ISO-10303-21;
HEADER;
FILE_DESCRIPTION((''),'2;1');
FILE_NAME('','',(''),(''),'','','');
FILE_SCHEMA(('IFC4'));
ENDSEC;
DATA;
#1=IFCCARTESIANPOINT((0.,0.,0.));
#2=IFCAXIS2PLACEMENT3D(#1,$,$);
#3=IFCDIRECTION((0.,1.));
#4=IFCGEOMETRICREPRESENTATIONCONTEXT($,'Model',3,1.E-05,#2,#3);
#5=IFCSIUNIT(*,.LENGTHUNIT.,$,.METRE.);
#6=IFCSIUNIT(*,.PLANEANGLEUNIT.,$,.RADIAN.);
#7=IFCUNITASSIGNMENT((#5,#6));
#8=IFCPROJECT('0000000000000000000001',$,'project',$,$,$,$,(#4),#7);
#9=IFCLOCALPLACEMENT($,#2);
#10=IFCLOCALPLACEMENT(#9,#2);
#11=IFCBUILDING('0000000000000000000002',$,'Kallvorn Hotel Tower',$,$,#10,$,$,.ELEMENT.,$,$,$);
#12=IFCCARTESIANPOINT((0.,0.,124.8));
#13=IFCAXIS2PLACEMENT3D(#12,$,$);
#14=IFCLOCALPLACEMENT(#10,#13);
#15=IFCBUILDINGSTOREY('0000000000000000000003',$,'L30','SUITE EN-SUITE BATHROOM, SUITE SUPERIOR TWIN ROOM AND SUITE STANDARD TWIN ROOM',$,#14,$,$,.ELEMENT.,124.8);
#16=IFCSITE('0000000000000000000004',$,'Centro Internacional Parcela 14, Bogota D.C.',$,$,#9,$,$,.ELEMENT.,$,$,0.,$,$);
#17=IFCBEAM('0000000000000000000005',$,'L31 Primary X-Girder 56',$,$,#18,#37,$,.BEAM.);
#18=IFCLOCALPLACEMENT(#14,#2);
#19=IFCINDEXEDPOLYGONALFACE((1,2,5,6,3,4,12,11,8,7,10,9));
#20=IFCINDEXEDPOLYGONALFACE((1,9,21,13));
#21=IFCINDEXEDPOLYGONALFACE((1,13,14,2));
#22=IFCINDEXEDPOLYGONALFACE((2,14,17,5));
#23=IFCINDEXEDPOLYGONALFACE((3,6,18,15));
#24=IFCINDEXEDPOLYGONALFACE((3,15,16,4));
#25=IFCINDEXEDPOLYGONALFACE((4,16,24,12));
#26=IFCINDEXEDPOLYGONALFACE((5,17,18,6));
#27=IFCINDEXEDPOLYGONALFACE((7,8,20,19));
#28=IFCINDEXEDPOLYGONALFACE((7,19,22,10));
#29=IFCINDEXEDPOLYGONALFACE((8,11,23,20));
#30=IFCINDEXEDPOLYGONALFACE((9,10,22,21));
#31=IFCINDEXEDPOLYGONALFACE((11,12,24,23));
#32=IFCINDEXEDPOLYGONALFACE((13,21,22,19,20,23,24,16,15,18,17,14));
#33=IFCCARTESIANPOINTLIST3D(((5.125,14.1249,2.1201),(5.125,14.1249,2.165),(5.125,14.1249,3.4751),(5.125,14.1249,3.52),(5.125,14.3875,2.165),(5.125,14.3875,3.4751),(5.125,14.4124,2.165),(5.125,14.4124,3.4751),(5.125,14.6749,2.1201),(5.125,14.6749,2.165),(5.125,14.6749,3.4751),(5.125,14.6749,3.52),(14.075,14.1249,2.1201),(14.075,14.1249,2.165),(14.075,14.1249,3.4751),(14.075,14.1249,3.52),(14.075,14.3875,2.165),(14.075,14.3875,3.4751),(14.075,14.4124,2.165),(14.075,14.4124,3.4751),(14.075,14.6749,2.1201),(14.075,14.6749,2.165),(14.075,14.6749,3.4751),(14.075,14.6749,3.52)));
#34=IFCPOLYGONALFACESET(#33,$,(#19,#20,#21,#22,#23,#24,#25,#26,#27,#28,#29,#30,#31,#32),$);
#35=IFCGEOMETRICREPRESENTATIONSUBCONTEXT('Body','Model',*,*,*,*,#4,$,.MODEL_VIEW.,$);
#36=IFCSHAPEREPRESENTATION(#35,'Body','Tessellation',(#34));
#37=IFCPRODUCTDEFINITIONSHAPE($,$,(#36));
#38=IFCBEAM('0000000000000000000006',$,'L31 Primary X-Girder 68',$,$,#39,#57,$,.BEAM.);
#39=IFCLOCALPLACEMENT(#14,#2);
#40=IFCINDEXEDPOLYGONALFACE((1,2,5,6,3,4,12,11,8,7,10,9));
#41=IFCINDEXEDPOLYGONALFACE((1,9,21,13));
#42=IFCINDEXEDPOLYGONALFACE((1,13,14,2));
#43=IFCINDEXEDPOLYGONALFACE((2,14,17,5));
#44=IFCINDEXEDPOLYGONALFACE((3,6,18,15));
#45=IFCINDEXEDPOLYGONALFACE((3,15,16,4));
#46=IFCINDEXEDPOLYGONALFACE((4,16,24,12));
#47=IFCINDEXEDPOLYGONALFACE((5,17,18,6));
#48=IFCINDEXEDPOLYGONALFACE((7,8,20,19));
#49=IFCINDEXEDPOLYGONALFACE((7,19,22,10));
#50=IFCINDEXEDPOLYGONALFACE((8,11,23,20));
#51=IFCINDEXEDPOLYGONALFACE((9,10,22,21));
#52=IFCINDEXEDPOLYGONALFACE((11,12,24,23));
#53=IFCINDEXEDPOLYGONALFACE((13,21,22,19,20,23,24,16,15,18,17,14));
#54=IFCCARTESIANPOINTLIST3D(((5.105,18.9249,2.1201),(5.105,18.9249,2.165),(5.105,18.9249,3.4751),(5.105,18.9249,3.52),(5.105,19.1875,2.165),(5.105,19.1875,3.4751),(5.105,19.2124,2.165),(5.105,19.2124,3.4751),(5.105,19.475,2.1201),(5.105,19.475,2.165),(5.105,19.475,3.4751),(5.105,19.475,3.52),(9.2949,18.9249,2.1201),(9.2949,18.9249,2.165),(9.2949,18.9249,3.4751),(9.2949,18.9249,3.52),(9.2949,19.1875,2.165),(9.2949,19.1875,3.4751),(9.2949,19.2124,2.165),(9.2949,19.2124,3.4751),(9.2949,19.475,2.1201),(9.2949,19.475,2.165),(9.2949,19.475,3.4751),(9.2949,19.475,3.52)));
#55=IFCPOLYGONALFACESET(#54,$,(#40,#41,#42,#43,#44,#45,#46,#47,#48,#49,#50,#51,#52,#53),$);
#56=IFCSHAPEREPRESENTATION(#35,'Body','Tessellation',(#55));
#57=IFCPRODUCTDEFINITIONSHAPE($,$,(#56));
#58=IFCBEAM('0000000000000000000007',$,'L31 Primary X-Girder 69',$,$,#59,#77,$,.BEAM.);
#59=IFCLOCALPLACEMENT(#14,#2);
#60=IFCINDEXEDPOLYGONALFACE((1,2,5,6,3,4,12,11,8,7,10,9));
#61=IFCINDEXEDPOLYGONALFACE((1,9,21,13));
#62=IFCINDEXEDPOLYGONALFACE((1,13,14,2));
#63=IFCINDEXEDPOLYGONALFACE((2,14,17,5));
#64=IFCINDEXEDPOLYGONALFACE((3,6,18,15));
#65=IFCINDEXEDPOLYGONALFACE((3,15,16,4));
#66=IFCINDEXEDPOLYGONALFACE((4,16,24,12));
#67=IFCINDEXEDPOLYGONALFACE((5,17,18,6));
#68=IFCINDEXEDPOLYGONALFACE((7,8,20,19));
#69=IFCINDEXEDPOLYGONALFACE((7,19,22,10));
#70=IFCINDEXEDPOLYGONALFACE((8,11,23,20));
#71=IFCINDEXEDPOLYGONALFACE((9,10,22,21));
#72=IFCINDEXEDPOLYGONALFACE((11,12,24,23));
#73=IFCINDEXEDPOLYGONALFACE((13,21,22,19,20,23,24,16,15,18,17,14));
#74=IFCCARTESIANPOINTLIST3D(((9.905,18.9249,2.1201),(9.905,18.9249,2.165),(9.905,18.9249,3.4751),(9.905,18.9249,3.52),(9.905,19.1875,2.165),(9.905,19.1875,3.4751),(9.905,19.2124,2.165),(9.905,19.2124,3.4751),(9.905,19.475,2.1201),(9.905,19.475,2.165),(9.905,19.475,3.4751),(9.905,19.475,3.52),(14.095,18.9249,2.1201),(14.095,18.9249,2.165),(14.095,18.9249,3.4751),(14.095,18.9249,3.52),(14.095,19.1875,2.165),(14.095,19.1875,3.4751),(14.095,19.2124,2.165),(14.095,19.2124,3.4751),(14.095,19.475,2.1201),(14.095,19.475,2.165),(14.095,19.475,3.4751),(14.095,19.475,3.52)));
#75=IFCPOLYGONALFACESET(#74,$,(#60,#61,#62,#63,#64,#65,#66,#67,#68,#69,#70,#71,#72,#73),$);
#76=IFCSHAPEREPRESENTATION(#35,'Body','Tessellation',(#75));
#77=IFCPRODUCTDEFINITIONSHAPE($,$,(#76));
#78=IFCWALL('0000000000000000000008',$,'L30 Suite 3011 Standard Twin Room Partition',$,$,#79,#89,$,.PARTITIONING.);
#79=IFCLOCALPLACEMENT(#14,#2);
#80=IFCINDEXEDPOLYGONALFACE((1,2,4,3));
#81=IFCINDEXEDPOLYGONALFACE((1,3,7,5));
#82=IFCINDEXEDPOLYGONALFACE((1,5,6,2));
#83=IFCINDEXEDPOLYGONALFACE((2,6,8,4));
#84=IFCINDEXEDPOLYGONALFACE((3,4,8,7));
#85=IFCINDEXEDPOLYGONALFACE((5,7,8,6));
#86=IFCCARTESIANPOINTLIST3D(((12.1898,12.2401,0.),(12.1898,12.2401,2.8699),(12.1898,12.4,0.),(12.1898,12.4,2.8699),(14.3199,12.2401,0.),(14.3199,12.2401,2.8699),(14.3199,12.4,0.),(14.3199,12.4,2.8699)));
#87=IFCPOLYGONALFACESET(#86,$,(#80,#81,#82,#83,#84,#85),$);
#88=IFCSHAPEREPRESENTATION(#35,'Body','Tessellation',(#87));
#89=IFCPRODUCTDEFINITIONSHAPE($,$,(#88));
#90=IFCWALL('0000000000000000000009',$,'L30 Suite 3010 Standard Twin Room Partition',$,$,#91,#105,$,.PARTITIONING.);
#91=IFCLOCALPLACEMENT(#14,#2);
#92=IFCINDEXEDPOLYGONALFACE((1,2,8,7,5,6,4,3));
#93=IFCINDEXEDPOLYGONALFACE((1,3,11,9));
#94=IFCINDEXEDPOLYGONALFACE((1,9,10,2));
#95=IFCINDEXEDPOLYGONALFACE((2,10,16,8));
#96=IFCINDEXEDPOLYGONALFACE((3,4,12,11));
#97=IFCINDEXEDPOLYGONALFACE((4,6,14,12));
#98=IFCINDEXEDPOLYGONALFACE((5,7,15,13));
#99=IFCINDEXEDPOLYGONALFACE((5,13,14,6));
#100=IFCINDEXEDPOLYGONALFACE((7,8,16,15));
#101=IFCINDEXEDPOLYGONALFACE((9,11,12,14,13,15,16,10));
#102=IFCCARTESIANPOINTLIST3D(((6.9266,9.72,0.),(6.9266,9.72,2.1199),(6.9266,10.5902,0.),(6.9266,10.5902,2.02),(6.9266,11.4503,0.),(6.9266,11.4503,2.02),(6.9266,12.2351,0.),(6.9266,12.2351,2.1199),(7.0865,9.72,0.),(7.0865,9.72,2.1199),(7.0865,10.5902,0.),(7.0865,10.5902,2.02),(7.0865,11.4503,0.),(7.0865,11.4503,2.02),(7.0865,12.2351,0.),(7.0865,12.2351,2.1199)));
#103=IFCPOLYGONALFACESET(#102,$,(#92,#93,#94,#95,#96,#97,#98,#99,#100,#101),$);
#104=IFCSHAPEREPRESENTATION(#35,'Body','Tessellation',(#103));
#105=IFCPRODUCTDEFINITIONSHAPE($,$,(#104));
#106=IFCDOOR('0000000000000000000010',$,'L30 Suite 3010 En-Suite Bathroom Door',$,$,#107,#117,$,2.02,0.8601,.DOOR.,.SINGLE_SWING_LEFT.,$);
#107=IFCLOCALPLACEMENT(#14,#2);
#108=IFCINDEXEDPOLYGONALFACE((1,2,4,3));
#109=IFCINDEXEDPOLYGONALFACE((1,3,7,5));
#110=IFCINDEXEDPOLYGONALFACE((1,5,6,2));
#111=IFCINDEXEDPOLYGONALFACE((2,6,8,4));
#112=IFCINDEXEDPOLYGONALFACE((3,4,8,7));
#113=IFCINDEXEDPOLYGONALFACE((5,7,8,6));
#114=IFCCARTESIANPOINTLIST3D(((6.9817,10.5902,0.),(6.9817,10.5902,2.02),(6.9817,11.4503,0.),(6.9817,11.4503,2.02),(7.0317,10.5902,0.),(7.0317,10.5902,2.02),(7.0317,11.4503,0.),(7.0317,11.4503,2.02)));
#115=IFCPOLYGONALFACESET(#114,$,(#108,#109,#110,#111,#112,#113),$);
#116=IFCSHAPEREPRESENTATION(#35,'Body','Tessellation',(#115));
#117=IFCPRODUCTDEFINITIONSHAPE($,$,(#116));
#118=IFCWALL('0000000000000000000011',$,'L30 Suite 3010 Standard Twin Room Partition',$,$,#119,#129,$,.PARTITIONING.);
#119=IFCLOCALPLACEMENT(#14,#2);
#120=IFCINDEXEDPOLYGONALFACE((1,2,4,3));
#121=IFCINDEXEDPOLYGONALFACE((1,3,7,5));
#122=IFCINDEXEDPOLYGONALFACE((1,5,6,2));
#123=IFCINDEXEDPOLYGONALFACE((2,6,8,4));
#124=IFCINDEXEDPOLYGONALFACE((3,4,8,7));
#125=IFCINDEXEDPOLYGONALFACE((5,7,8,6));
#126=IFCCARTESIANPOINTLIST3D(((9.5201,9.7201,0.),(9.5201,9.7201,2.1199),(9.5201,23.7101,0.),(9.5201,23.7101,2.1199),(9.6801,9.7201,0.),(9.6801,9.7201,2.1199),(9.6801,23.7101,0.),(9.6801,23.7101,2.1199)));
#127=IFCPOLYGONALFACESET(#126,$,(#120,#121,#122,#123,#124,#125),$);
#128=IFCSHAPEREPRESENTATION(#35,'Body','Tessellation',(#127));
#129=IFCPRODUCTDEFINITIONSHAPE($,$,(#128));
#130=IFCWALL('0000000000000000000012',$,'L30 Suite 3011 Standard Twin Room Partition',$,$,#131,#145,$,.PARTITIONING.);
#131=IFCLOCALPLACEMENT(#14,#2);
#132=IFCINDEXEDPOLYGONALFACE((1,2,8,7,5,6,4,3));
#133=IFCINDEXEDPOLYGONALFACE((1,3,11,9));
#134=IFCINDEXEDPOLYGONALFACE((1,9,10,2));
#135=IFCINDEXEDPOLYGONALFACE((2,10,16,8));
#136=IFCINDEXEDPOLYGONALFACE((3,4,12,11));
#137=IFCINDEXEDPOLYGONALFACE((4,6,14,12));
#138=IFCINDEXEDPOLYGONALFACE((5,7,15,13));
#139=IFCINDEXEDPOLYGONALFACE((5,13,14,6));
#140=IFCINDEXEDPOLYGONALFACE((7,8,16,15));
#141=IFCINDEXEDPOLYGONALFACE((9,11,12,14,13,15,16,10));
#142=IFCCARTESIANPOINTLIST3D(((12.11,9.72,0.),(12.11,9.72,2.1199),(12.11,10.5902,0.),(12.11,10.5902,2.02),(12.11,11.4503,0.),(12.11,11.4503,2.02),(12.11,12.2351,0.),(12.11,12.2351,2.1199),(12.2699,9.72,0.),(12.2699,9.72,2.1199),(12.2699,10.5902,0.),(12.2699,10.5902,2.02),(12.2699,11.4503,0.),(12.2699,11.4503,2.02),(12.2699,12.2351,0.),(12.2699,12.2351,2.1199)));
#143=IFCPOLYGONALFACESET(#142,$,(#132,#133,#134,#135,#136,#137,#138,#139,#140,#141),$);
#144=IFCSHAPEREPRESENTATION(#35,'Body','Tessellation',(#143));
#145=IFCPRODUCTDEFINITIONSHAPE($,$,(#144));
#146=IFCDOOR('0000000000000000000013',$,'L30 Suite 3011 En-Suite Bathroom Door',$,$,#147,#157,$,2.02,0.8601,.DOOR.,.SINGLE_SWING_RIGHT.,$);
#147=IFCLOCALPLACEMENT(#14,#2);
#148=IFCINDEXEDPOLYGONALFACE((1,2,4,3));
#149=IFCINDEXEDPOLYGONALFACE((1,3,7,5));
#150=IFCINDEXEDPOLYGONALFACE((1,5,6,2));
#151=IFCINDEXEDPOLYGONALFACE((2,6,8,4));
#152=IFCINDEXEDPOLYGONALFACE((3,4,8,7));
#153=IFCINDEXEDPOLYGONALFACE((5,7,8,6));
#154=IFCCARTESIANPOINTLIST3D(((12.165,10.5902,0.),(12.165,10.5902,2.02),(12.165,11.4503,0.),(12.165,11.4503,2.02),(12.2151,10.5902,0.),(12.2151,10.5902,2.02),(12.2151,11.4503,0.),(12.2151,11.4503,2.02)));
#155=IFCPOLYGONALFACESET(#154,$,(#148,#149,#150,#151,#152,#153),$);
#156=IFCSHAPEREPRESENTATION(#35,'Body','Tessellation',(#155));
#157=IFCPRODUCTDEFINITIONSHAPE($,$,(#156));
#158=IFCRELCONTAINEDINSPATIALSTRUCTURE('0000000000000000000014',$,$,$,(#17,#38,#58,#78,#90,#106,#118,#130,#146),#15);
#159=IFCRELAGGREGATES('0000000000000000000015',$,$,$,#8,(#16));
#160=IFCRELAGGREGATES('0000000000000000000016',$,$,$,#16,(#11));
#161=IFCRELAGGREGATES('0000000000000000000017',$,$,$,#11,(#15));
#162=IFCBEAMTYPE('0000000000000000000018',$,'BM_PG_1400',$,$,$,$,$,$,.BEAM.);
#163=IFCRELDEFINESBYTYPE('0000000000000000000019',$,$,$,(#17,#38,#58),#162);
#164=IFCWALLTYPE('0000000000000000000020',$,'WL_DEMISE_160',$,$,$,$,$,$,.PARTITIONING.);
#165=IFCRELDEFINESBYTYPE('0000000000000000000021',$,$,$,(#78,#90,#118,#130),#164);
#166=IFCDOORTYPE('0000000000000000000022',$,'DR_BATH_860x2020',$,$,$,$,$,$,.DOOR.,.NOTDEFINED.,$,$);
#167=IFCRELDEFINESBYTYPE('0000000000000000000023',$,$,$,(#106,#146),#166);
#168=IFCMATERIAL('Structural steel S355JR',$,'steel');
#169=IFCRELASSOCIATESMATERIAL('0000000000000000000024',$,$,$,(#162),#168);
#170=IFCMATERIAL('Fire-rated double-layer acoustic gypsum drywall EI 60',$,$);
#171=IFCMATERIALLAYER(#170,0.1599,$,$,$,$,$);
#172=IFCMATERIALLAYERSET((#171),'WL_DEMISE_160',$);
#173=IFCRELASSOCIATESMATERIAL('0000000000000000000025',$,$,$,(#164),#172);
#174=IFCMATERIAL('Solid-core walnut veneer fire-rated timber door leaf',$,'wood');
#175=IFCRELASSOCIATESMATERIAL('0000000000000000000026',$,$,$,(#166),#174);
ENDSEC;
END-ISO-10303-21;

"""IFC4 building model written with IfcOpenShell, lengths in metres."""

from ifc_helpers import new_model, si_unit, direction, frame, frame_2d, origin, origin_2d, place, context, subcontext, project, spatial, rectangle, i_section, extrude, material, layer, layer_set, material_profile, profile_set, type_object, element, fill, save


model = new_model("IFC4")

# Units and contexts
model_context = context("Model", 3, precision=1e-05, world=origin(), true_north=direction((0.0, 1.0)))
body_context = subcontext(model_context, "Body", "Model", "MODEL_VIEW")
ifc_project = project(units=[si_unit("LENGTHUNIT", "METRE"), si_unit("PLANEANGLEUNIT", "RADIAN")], contexts=[model_context])

# Site, building, storey
site_placement = place(None, origin())
site = spatial("IfcSite", under=ifc_project, at=site_placement, Name="Centro Internacional Parcela 14, Bogota D.C.", CompositionType="ELEMENT", RefElevation=0.0)
building_placement = place(site_placement, origin())
building = spatial("IfcBuilding", under=site, at=building_placement, Name="Kallvorn Hotel Tower", CompositionType="ELEMENT")
storey_placement = place(building_placement, frame((0.0, 0.0, 124.8)))
storey = spatial("IfcBuildingStorey", under=building, at=storey_placement, Name="L30", Description="SUITE EN-SUITE BATHROOM, SUITE SUPERIOR TWIN ROOM AND SUITE STANDARD TWIN ROOM", CompositionType="ELEMENT", Elevation=124.8)

# Beams
ifc_material_1 = material(Name="Structural steel S355JR", Category="steel")
ifc_material_profile_1 = material_profile(ifc_material_1, i_section(OverallWidth=0.55, OverallDepth=1.3999, WebThickness=0.0249, FlangeThickness=0.0449, at=origin_2d()), Name="PG 1400x550x25x45")
ifc_profile_set_1 = profile_set([ifc_material_profile_1], Name="Structural steel S355JR")
beam_type_1 = type_object("IfcBeamType", Name="BM_PG_1400", PredefinedType="BEAM", material=ifc_profile_set_1)
beam_1_placement = place(storey_placement, frame((5.125, 14.3999, 2.8201), z_axis=(1.0, 0.0, 0.0), x_axis=(0.0, 1.0, 0.0)))
element("IfcBeam", 1, at=beam_1_placement, inside=storey, type_object=beam_type_1, Name="L31 Primary X-Girder 56", PredefinedType="BEAM", context=body_context, shape_type="SweptSolid", body=[
    extrude(i_section(OverallWidth=0.55, OverallDepth=1.3999, WebThickness=0.0249, FlangeThickness=0.0449, at=origin_2d()), origin(), (0.0, 0.0, 1.0), 8.95),
])
for number, where, z_axis, x_axis, name in (
    (2, (5.105, 19.2, 2.8201), (1.0, 0.0, 0.0), (0.0, 1.0, 0.0), "L31 Primary X-Girder 68"),
    (3, (9.905, 19.2, 2.8201), (1.0, 0.0, 0.0), (0.0, 1.0, 0.0), "L31 Primary X-Girder 69"),
):
    element("IfcBeam", number, at=place(storey_placement, frame(where, z_axis=z_axis, x_axis=x_axis)), inside=storey, type_object=beam_type_1, Name=name, PredefinedType="BEAM", context=body_context, shape_type="SweptSolid", body=[
        extrude(i_section(OverallWidth=0.55, OverallDepth=1.3999, WebThickness=0.0249, FlangeThickness=0.0449, at=origin_2d()), origin(), (0.0, 0.0, 1.0), 4.1899),
    ])

# Wall
ifc_material_2 = material(Name="Fire-rated double-layer acoustic gypsum drywall EI 60")
ifc_layer = layer(ifc_material_2, 0.1599)
ifc_layer_set = layer_set([ifc_layer], Name="WL_DEMISE_160")
wall_type = type_object("IfcWallType", Name="WL_DEMISE_160", PredefinedType="PARTITIONING", material=ifc_layer_set)
wall_1_placement = place(storey_placement, frame((12.1899, 12.3201, 0.0), z_axis=(0.0, 0.0, 1.0), x_axis=(1.0, 0.0, 0.0)))
element("IfcWall", 4, at=wall_1_placement, inside=storey, type_object=wall_type, Name="L30 Suite 3011 Standard Twin Room Partition", PredefinedType="PARTITIONING", context=body_context, shape_type="SweptSolid", body=[
    extrude(rectangle(XDim=2.1301, YDim=0.1599, at=frame_2d((1.0649, 0.0))), origin(), (0.0, 0.0, 1.0), 2.8699),
])

# Wall, opening, door
wall_2_placement = place(storey_placement, frame((7.0066, 9.72, 0.0), z_axis=(0.0, 0.0, 1.0), x_axis=(0.0, 1.0, 0.0)))
wall_2 = element("IfcWall", 5, at=wall_2_placement, inside=storey, type_object=wall_type, Name="L30 Suite 3010 Standard Twin Room Partition", PredefinedType="PARTITIONING", context=body_context, shape_type="SweptSolid", body=[
    extrude(rectangle(XDim=2.5151, YDim=0.1599, at=frame_2d((1.2576, 0.0))), origin(), (0.0, 0.0, 1.0), 2.1199),
])
opening_1_placement = place(wall_2_placement, frame((0.8701, 0.0, 0.0)))
opening_1 = element("IfcOpeningElement", 6, at=opening_1_placement, cuts=wall_2, PredefinedType="OPENING", context=body_context, shape_type="SweptSolid", body=[
    extrude(rectangle(XDim=0.8601, YDim=2.02, at=frame_2d((0.4302, 1.01))), frame((0.0, 0.095, 0.0), z_axis=(0.0, -1.0, 0.0), x_axis=(1.0, 0.0, 0.0)), (0.0, 0.0, 1.0), 0.1899),
])
ifc_material_3 = material(Name="Solid-core walnut veneer fire-rated timber door leaf", Category="wood")
door_type = type_object("IfcDoorType", Name="DR_BATH_860x2020", OperationType="NOTDEFINED", PredefinedType="DOOR", material=ifc_material_3)
door_1_placement = place(opening_1_placement, origin())
door_1 = element("IfcDoor", 7, at=door_1_placement, inside=storey, type_object=door_type, Name="L30 Suite 3010 En-Suite Bathroom Door", OperationType="SINGLE_SWING_LEFT", OverallHeight=2.02, OverallWidth=0.8601, PredefinedType="DOOR", context=body_context, shape_type="SweptSolid", body=[
    extrude(rectangle(XDim=0.8601, YDim=2.02, at=frame_2d((0.4302, 1.01))), frame((0.0, 0.0249, 0.0), z_axis=(0.0, -1.0, 0.0), x_axis=(1.0, 0.0, 0.0)), (0.0, 0.0, 1.0), 0.05),
])
fill(opening_1, door_1)

# Wall
wall_3_placement = place(storey_placement, frame((9.6001, 9.72, 0.0), z_axis=(0.0, 0.0, 1.0), x_axis=(0.0, 1.0, 0.0)))
element("IfcWall", 8, at=wall_3_placement, inside=storey, type_object=wall_type, Name="L30 Suite 3010 Standard Twin Room Partition", PredefinedType="PARTITIONING", context=body_context, shape_type="SweptSolid", body=[
    extrude(rectangle(XDim=13.99, YDim=0.1599, at=frame_2d((6.9951, 0.0))), origin(), (0.0, 0.0, 1.0), 2.1199),
])

# Wall, opening, door
wall_4_placement = place(storey_placement, frame((12.1899, 9.72, 0.0), z_axis=(0.0, 0.0, 1.0), x_axis=(0.0, 1.0, 0.0)))
wall_4 = element("IfcWall", 9, at=wall_4_placement, inside=storey, type_object=wall_type, Name="L30 Suite 3011 Standard Twin Room Partition", PredefinedType="PARTITIONING", context=body_context, shape_type="SweptSolid", body=[
    extrude(rectangle(XDim=2.5151, YDim=0.1599, at=frame_2d((1.2576, 0.0))), origin(), (0.0, 0.0, 1.0), 2.1199),
])
opening_2_placement = place(wall_4_placement, frame((0.8701, 0.0, 0.0)))
opening_2 = element("IfcOpeningElement", 10, at=opening_2_placement, cuts=wall_4, PredefinedType="OPENING", context=body_context, shape_type="SweptSolid", body=[
    extrude(rectangle(XDim=0.8601, YDim=2.02, at=frame_2d((0.4302, 1.01))), frame((0.0, 0.095, 0.0), z_axis=(0.0, -1.0, 0.0), x_axis=(1.0, 0.0, 0.0)), (0.0, 0.0, 1.0), 0.1899),
])
door_2_placement = place(opening_2_placement, origin())
door_2 = element("IfcDoor", 11, at=door_2_placement, inside=storey, type_object=door_type, Name="L30 Suite 3011 En-Suite Bathroom Door", OperationType="SINGLE_SWING_RIGHT", OverallHeight=2.02, OverallWidth=0.8601, PredefinedType="DOOR", context=body_context, shape_type="SweptSolid", body=[
    extrude(rectangle(XDim=0.8601, YDim=2.02, at=frame_2d((0.4302, 1.01))), frame((0.0, 0.0249, 0.0), z_axis=(0.0, -1.0, 0.0), x_axis=(1.0, 0.0, 0.0)), (0.0, 0.0, 1.0), 0.05),
])
fill(opening_2, door_2)

save(model, "model.ifc")
